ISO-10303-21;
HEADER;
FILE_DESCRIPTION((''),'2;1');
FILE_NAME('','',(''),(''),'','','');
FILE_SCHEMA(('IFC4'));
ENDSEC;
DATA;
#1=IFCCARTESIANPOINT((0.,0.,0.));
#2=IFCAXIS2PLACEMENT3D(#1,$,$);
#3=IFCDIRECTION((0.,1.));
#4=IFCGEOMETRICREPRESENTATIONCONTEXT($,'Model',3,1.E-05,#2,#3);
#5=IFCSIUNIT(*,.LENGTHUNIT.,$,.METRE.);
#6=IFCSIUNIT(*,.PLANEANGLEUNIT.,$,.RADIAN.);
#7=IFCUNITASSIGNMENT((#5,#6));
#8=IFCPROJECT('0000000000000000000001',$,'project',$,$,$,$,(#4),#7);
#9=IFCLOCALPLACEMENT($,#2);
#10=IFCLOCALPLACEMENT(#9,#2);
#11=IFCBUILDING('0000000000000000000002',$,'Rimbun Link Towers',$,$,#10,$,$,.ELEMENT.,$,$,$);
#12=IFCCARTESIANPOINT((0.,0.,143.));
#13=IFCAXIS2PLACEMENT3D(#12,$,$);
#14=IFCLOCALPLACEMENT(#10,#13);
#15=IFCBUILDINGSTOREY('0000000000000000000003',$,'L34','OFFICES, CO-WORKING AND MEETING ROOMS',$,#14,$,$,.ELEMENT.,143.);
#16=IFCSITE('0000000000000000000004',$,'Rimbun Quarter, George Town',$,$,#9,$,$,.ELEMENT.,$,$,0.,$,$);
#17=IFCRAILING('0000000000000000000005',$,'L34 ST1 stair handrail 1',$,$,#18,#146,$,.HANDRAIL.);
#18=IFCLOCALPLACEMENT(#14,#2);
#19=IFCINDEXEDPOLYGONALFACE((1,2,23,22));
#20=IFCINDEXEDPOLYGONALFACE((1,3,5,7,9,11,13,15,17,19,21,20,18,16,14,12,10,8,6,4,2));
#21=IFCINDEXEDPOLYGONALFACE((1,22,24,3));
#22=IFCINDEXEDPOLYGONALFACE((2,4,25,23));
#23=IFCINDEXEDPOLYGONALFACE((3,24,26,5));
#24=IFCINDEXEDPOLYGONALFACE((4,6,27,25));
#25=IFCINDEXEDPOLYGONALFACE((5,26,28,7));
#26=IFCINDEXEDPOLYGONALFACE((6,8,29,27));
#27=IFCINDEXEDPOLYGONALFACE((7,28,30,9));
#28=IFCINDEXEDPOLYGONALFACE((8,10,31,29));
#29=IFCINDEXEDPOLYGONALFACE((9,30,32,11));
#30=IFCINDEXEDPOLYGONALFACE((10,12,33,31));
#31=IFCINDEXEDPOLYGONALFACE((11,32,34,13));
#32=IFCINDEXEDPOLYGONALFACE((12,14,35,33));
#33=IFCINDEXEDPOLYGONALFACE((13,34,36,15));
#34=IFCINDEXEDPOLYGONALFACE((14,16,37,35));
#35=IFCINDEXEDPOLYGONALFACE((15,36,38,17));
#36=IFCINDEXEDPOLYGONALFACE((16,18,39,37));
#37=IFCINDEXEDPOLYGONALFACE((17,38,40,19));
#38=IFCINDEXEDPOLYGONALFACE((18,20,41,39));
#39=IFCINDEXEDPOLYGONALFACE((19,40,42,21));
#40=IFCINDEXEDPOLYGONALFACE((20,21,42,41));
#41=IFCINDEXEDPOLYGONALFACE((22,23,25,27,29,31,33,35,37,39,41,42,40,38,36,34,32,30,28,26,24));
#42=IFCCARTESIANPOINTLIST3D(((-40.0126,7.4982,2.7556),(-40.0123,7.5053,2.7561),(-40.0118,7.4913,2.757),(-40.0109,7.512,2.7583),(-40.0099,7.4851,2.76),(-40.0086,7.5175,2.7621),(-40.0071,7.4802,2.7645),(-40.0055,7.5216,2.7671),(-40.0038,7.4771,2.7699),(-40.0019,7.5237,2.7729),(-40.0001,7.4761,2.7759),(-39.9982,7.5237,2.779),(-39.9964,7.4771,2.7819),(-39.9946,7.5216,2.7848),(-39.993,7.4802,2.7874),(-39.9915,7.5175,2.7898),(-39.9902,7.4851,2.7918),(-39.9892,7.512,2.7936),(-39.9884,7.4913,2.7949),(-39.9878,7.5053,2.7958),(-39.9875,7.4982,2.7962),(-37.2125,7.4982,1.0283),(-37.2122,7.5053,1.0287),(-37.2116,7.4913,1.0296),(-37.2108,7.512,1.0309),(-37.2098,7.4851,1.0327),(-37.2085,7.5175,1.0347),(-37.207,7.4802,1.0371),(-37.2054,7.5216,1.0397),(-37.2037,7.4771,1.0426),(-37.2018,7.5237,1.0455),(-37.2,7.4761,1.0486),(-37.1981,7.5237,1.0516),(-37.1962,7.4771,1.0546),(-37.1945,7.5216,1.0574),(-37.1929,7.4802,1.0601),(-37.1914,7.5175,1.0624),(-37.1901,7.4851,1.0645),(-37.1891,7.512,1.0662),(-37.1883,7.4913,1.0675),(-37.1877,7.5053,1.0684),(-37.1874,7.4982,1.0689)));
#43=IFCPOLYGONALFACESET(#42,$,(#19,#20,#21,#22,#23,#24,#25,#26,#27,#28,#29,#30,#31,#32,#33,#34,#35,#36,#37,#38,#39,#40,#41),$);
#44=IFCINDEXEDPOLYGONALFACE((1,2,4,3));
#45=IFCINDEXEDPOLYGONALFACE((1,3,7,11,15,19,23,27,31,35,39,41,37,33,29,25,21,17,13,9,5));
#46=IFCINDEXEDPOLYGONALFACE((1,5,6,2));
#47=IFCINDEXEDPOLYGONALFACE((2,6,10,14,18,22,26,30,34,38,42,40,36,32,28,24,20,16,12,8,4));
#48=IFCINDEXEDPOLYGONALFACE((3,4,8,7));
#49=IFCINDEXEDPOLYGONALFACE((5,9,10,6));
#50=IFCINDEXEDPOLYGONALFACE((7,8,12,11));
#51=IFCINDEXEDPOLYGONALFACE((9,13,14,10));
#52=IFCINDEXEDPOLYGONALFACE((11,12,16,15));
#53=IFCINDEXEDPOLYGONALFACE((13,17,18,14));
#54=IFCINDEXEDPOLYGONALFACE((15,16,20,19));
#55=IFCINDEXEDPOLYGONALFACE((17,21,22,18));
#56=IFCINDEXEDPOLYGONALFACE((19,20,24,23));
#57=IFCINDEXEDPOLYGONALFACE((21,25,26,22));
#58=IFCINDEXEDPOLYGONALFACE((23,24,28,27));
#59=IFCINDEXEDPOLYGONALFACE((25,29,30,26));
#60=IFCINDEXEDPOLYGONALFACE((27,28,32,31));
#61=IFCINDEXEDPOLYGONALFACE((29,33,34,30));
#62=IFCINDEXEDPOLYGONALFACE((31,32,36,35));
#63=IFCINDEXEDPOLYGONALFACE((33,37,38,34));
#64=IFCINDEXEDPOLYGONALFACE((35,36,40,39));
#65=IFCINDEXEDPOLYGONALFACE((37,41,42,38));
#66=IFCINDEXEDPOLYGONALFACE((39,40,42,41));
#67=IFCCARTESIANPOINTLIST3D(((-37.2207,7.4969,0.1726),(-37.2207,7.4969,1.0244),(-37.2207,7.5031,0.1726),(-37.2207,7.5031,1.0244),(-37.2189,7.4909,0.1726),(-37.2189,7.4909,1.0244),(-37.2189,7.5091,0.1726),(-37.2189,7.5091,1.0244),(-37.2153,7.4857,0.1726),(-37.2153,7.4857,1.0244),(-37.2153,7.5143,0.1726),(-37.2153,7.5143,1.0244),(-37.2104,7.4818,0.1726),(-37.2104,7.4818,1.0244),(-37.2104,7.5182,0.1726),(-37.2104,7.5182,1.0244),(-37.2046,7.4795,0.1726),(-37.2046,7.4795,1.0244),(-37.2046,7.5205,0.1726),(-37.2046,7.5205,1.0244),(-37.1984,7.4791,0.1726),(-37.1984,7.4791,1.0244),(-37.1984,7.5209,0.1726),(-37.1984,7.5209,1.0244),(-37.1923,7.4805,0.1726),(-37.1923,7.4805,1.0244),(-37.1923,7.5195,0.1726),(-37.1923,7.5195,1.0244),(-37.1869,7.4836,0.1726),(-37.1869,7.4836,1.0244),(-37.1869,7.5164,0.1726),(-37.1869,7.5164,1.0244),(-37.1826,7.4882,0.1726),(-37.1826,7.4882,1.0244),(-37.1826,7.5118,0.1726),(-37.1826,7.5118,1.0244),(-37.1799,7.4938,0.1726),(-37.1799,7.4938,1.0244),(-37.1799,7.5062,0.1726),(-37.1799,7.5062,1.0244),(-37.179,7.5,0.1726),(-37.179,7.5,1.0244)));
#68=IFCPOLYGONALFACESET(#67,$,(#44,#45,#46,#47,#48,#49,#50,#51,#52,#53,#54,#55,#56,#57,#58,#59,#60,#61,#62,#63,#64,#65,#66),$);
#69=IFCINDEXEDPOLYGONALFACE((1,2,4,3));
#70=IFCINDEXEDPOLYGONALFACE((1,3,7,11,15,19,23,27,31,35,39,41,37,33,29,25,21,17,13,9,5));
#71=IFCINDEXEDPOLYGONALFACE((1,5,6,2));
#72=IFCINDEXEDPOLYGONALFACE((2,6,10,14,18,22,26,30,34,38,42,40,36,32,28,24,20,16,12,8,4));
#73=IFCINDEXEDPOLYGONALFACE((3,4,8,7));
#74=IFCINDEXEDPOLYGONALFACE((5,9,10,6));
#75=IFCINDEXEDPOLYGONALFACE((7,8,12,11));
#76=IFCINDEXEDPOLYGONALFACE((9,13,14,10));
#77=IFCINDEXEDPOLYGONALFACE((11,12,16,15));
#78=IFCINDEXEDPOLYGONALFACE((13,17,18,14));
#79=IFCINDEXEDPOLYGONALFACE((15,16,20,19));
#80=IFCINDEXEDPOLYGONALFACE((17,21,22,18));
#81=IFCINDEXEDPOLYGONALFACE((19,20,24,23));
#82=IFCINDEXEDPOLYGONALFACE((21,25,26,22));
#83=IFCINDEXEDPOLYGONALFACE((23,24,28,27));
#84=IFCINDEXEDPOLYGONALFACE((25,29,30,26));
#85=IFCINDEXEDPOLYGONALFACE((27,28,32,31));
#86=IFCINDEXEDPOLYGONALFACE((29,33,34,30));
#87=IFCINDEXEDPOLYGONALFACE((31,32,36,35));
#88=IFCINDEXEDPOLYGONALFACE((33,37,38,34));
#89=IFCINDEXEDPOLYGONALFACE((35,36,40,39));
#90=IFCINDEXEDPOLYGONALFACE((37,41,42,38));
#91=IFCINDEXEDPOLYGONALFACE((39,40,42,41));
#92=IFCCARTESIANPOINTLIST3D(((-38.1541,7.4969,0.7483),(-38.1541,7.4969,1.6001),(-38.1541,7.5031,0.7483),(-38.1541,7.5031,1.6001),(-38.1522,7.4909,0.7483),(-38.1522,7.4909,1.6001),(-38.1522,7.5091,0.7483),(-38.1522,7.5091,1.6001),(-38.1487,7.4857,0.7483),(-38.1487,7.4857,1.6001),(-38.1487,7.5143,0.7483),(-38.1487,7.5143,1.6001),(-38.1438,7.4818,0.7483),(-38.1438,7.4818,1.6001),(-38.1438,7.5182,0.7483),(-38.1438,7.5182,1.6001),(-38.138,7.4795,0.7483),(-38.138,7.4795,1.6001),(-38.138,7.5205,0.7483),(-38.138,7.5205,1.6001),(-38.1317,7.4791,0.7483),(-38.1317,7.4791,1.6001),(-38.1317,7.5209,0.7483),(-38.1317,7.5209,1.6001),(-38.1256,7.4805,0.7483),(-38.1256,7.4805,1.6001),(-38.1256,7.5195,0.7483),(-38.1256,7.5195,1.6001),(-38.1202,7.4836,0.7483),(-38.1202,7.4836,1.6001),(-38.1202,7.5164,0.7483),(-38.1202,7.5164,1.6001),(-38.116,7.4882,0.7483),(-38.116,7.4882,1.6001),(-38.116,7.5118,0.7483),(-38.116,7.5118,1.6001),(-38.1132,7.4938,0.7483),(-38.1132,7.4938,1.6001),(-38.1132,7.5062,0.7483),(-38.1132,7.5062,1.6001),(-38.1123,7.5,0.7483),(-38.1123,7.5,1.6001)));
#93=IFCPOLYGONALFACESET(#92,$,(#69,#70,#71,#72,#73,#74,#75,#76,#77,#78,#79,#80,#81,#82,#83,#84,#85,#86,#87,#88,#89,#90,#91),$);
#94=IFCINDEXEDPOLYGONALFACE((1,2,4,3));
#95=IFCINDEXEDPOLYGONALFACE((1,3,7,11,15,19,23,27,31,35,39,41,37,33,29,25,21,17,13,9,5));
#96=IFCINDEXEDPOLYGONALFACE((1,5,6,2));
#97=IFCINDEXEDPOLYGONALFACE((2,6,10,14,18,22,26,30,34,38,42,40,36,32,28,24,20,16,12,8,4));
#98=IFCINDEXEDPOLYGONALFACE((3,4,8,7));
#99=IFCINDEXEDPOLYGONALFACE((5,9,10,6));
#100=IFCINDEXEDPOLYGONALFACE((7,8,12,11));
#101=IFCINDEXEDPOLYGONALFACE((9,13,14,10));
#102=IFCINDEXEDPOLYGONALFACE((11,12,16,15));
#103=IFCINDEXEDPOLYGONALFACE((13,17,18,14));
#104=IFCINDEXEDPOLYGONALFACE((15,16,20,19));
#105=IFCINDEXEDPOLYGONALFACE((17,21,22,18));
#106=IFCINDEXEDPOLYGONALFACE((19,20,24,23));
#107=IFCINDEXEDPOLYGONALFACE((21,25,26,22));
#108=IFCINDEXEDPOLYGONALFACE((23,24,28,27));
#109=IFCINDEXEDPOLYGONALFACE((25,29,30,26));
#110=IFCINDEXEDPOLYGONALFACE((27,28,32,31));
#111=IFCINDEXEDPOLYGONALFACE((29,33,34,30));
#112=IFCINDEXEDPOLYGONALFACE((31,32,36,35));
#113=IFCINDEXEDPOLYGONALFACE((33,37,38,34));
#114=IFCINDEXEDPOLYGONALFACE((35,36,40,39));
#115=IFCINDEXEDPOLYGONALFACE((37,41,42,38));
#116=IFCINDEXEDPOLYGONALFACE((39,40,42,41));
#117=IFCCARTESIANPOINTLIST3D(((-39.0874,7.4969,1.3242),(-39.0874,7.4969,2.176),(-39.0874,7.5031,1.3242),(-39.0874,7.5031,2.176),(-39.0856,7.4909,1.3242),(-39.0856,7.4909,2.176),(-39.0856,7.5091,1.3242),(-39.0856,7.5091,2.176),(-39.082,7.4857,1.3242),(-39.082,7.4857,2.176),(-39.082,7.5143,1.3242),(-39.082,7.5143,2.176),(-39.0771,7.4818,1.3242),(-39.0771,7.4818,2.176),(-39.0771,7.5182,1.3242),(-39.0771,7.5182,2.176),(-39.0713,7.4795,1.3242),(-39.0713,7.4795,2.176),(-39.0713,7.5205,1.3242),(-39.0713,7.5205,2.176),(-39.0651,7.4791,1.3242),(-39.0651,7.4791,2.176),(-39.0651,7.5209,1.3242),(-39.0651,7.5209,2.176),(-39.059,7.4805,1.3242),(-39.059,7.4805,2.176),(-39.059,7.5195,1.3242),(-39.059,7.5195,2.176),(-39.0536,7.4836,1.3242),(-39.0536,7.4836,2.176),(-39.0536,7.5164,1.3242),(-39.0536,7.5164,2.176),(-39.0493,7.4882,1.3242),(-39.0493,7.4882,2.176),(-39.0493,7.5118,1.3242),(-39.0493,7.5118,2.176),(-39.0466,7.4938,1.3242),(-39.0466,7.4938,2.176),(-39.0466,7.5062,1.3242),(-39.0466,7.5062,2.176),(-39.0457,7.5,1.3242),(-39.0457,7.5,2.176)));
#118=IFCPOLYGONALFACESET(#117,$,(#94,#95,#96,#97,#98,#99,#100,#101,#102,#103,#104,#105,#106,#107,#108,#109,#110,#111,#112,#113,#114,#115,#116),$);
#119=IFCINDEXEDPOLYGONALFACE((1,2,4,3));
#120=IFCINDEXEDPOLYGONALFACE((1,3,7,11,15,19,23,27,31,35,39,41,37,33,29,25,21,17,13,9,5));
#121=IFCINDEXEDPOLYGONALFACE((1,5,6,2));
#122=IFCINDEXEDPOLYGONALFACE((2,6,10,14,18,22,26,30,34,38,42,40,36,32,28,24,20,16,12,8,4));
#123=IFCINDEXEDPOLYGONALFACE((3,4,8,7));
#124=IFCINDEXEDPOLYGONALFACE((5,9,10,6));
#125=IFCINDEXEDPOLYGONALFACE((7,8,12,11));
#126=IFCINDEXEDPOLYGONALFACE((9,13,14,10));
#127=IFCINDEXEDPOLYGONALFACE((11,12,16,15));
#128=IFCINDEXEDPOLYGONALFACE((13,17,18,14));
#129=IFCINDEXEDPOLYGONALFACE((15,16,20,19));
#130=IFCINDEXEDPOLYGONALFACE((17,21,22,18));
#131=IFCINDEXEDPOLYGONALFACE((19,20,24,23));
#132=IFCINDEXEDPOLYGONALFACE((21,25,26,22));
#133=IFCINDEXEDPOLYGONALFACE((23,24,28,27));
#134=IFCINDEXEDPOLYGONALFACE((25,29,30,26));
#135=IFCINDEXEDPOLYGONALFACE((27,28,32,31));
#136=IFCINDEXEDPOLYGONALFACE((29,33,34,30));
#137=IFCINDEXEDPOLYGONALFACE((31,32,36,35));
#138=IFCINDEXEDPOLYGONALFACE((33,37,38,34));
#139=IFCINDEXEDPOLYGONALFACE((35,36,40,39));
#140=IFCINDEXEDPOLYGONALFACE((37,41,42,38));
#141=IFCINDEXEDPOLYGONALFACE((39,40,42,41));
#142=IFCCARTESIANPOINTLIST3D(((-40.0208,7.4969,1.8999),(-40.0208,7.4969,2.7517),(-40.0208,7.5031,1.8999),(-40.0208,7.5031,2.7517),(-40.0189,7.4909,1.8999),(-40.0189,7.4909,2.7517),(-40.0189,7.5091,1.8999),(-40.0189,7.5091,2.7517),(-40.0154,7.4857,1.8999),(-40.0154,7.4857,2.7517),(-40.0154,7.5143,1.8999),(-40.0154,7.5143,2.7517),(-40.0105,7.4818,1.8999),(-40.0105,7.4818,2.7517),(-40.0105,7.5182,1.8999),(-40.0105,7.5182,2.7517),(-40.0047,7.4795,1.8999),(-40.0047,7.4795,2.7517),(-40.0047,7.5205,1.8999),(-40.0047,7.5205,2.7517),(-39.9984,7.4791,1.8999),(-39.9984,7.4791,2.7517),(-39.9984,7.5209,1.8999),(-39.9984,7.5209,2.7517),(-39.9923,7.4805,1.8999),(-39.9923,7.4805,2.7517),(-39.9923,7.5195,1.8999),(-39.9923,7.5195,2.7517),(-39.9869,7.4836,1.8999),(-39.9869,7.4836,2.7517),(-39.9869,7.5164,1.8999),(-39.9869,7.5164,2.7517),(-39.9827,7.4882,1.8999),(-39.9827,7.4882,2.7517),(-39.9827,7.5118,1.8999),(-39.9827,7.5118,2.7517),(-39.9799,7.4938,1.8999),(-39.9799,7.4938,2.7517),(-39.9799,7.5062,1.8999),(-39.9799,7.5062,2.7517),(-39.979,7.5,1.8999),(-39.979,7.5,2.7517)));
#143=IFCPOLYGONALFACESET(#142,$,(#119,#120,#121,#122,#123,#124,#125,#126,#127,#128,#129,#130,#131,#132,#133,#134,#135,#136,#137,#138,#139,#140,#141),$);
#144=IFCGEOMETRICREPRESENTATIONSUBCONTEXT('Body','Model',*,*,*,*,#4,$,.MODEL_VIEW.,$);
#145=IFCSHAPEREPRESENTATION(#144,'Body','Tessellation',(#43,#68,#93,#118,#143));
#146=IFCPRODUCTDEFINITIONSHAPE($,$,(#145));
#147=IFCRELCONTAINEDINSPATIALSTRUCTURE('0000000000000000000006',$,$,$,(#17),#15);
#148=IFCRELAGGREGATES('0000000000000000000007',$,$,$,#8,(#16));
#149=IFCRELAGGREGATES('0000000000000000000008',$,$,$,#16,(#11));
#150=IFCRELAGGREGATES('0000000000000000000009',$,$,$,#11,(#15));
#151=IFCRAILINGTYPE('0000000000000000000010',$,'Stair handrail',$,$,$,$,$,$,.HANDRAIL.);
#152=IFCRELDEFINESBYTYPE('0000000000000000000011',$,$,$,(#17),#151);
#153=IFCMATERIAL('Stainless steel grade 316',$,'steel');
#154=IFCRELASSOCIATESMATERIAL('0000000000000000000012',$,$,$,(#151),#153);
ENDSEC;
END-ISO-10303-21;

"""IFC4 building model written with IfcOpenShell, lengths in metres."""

from ifc_helpers import new_model, si_unit, direction, frame, origin, origin_2d, place, context, subcontext, project, spatial, circle, extrude, material, type_object, element, save


model = new_model("IFC4")

# Units and contexts
model_context = context("Model", 3, precision=1e-05, world=origin(), true_north=direction((0.0, 1.0)))
body_context = subcontext(model_context, "Body", "Model", "MODEL_VIEW")
ifc_project = project(units=[si_unit("LENGTHUNIT", "METRE"), si_unit("PLANEANGLEUNIT", "RADIAN")], contexts=[model_context])

# Site, building, storey
site_placement = place(None, origin())
site = spatial("IfcSite", under=ifc_project, at=site_placement, Name="Rimbun Quarter, George Town", CompositionType="ELEMENT", RefElevation=0.0)
building_placement = place(site_placement, origin())
building = spatial("IfcBuilding", under=site, at=building_placement, Name="Rimbun Link Towers", CompositionType="ELEMENT")
storey_placement = place(building_placement, frame((0.0, 0.0, 143.0)))
storey = spatial("IfcBuildingStorey", under=building, at=storey_placement, Name="L34", Description="OFFICES, CO-WORKING AND MEETING ROOMS", CompositionType="ELEMENT", Elevation=143.0)

# Railing
ifc_material_1 = material(Name="Stainless steel grade 316", Category="steel")
railing_type_1 = type_object("IfcRailingType", Name="Stair handrail", PredefinedType="HANDRAIL", material=ifc_material_1)
railing_1_placement = place(storey_placement, frame((-37.2, 7.5, 0.1726)))
element("IfcRailing", 1, at=railing_1_placement, inside=storey, type_object=railing_type_1, Name="L34 ST1 stair handrail 1", PredefinedType="HANDRAIL", context=body_context, shape_type="SweptSolid", body=[
    extrude(circle(Radius=0.0239, at=origin_2d()), frame((0.0, 0.0, 0.876), z_axis=(-0.85109, 0.0, 0.52502), x_axis=(0.0, -1.0, 0.0)), (0.0, 0.0, 1.0), 3.29),
    extrude(circle(Radius=0.021, at=origin_2d()), origin(), (0.0, 0.0, 1.0), 0.8518),
    extrude(circle(Radius=0.021, at=origin_2d()), frame((-0.9333, 0.0, 0.5757)), (0.0, 0.0, 1.0), 0.8518),
    extrude(circle(Radius=0.021, at=origin_2d()), frame((-1.8667, 0.0, 1.1516)), (0.0, 0.0, 1.0), 0.8518),
    extrude(circle(Radius=0.021, at=origin_2d()), frame((-2.8, 0.0, 1.7273)), (0.0, 0.0, 1.0), 0.8518),
])

save(model, "model.ifc")
